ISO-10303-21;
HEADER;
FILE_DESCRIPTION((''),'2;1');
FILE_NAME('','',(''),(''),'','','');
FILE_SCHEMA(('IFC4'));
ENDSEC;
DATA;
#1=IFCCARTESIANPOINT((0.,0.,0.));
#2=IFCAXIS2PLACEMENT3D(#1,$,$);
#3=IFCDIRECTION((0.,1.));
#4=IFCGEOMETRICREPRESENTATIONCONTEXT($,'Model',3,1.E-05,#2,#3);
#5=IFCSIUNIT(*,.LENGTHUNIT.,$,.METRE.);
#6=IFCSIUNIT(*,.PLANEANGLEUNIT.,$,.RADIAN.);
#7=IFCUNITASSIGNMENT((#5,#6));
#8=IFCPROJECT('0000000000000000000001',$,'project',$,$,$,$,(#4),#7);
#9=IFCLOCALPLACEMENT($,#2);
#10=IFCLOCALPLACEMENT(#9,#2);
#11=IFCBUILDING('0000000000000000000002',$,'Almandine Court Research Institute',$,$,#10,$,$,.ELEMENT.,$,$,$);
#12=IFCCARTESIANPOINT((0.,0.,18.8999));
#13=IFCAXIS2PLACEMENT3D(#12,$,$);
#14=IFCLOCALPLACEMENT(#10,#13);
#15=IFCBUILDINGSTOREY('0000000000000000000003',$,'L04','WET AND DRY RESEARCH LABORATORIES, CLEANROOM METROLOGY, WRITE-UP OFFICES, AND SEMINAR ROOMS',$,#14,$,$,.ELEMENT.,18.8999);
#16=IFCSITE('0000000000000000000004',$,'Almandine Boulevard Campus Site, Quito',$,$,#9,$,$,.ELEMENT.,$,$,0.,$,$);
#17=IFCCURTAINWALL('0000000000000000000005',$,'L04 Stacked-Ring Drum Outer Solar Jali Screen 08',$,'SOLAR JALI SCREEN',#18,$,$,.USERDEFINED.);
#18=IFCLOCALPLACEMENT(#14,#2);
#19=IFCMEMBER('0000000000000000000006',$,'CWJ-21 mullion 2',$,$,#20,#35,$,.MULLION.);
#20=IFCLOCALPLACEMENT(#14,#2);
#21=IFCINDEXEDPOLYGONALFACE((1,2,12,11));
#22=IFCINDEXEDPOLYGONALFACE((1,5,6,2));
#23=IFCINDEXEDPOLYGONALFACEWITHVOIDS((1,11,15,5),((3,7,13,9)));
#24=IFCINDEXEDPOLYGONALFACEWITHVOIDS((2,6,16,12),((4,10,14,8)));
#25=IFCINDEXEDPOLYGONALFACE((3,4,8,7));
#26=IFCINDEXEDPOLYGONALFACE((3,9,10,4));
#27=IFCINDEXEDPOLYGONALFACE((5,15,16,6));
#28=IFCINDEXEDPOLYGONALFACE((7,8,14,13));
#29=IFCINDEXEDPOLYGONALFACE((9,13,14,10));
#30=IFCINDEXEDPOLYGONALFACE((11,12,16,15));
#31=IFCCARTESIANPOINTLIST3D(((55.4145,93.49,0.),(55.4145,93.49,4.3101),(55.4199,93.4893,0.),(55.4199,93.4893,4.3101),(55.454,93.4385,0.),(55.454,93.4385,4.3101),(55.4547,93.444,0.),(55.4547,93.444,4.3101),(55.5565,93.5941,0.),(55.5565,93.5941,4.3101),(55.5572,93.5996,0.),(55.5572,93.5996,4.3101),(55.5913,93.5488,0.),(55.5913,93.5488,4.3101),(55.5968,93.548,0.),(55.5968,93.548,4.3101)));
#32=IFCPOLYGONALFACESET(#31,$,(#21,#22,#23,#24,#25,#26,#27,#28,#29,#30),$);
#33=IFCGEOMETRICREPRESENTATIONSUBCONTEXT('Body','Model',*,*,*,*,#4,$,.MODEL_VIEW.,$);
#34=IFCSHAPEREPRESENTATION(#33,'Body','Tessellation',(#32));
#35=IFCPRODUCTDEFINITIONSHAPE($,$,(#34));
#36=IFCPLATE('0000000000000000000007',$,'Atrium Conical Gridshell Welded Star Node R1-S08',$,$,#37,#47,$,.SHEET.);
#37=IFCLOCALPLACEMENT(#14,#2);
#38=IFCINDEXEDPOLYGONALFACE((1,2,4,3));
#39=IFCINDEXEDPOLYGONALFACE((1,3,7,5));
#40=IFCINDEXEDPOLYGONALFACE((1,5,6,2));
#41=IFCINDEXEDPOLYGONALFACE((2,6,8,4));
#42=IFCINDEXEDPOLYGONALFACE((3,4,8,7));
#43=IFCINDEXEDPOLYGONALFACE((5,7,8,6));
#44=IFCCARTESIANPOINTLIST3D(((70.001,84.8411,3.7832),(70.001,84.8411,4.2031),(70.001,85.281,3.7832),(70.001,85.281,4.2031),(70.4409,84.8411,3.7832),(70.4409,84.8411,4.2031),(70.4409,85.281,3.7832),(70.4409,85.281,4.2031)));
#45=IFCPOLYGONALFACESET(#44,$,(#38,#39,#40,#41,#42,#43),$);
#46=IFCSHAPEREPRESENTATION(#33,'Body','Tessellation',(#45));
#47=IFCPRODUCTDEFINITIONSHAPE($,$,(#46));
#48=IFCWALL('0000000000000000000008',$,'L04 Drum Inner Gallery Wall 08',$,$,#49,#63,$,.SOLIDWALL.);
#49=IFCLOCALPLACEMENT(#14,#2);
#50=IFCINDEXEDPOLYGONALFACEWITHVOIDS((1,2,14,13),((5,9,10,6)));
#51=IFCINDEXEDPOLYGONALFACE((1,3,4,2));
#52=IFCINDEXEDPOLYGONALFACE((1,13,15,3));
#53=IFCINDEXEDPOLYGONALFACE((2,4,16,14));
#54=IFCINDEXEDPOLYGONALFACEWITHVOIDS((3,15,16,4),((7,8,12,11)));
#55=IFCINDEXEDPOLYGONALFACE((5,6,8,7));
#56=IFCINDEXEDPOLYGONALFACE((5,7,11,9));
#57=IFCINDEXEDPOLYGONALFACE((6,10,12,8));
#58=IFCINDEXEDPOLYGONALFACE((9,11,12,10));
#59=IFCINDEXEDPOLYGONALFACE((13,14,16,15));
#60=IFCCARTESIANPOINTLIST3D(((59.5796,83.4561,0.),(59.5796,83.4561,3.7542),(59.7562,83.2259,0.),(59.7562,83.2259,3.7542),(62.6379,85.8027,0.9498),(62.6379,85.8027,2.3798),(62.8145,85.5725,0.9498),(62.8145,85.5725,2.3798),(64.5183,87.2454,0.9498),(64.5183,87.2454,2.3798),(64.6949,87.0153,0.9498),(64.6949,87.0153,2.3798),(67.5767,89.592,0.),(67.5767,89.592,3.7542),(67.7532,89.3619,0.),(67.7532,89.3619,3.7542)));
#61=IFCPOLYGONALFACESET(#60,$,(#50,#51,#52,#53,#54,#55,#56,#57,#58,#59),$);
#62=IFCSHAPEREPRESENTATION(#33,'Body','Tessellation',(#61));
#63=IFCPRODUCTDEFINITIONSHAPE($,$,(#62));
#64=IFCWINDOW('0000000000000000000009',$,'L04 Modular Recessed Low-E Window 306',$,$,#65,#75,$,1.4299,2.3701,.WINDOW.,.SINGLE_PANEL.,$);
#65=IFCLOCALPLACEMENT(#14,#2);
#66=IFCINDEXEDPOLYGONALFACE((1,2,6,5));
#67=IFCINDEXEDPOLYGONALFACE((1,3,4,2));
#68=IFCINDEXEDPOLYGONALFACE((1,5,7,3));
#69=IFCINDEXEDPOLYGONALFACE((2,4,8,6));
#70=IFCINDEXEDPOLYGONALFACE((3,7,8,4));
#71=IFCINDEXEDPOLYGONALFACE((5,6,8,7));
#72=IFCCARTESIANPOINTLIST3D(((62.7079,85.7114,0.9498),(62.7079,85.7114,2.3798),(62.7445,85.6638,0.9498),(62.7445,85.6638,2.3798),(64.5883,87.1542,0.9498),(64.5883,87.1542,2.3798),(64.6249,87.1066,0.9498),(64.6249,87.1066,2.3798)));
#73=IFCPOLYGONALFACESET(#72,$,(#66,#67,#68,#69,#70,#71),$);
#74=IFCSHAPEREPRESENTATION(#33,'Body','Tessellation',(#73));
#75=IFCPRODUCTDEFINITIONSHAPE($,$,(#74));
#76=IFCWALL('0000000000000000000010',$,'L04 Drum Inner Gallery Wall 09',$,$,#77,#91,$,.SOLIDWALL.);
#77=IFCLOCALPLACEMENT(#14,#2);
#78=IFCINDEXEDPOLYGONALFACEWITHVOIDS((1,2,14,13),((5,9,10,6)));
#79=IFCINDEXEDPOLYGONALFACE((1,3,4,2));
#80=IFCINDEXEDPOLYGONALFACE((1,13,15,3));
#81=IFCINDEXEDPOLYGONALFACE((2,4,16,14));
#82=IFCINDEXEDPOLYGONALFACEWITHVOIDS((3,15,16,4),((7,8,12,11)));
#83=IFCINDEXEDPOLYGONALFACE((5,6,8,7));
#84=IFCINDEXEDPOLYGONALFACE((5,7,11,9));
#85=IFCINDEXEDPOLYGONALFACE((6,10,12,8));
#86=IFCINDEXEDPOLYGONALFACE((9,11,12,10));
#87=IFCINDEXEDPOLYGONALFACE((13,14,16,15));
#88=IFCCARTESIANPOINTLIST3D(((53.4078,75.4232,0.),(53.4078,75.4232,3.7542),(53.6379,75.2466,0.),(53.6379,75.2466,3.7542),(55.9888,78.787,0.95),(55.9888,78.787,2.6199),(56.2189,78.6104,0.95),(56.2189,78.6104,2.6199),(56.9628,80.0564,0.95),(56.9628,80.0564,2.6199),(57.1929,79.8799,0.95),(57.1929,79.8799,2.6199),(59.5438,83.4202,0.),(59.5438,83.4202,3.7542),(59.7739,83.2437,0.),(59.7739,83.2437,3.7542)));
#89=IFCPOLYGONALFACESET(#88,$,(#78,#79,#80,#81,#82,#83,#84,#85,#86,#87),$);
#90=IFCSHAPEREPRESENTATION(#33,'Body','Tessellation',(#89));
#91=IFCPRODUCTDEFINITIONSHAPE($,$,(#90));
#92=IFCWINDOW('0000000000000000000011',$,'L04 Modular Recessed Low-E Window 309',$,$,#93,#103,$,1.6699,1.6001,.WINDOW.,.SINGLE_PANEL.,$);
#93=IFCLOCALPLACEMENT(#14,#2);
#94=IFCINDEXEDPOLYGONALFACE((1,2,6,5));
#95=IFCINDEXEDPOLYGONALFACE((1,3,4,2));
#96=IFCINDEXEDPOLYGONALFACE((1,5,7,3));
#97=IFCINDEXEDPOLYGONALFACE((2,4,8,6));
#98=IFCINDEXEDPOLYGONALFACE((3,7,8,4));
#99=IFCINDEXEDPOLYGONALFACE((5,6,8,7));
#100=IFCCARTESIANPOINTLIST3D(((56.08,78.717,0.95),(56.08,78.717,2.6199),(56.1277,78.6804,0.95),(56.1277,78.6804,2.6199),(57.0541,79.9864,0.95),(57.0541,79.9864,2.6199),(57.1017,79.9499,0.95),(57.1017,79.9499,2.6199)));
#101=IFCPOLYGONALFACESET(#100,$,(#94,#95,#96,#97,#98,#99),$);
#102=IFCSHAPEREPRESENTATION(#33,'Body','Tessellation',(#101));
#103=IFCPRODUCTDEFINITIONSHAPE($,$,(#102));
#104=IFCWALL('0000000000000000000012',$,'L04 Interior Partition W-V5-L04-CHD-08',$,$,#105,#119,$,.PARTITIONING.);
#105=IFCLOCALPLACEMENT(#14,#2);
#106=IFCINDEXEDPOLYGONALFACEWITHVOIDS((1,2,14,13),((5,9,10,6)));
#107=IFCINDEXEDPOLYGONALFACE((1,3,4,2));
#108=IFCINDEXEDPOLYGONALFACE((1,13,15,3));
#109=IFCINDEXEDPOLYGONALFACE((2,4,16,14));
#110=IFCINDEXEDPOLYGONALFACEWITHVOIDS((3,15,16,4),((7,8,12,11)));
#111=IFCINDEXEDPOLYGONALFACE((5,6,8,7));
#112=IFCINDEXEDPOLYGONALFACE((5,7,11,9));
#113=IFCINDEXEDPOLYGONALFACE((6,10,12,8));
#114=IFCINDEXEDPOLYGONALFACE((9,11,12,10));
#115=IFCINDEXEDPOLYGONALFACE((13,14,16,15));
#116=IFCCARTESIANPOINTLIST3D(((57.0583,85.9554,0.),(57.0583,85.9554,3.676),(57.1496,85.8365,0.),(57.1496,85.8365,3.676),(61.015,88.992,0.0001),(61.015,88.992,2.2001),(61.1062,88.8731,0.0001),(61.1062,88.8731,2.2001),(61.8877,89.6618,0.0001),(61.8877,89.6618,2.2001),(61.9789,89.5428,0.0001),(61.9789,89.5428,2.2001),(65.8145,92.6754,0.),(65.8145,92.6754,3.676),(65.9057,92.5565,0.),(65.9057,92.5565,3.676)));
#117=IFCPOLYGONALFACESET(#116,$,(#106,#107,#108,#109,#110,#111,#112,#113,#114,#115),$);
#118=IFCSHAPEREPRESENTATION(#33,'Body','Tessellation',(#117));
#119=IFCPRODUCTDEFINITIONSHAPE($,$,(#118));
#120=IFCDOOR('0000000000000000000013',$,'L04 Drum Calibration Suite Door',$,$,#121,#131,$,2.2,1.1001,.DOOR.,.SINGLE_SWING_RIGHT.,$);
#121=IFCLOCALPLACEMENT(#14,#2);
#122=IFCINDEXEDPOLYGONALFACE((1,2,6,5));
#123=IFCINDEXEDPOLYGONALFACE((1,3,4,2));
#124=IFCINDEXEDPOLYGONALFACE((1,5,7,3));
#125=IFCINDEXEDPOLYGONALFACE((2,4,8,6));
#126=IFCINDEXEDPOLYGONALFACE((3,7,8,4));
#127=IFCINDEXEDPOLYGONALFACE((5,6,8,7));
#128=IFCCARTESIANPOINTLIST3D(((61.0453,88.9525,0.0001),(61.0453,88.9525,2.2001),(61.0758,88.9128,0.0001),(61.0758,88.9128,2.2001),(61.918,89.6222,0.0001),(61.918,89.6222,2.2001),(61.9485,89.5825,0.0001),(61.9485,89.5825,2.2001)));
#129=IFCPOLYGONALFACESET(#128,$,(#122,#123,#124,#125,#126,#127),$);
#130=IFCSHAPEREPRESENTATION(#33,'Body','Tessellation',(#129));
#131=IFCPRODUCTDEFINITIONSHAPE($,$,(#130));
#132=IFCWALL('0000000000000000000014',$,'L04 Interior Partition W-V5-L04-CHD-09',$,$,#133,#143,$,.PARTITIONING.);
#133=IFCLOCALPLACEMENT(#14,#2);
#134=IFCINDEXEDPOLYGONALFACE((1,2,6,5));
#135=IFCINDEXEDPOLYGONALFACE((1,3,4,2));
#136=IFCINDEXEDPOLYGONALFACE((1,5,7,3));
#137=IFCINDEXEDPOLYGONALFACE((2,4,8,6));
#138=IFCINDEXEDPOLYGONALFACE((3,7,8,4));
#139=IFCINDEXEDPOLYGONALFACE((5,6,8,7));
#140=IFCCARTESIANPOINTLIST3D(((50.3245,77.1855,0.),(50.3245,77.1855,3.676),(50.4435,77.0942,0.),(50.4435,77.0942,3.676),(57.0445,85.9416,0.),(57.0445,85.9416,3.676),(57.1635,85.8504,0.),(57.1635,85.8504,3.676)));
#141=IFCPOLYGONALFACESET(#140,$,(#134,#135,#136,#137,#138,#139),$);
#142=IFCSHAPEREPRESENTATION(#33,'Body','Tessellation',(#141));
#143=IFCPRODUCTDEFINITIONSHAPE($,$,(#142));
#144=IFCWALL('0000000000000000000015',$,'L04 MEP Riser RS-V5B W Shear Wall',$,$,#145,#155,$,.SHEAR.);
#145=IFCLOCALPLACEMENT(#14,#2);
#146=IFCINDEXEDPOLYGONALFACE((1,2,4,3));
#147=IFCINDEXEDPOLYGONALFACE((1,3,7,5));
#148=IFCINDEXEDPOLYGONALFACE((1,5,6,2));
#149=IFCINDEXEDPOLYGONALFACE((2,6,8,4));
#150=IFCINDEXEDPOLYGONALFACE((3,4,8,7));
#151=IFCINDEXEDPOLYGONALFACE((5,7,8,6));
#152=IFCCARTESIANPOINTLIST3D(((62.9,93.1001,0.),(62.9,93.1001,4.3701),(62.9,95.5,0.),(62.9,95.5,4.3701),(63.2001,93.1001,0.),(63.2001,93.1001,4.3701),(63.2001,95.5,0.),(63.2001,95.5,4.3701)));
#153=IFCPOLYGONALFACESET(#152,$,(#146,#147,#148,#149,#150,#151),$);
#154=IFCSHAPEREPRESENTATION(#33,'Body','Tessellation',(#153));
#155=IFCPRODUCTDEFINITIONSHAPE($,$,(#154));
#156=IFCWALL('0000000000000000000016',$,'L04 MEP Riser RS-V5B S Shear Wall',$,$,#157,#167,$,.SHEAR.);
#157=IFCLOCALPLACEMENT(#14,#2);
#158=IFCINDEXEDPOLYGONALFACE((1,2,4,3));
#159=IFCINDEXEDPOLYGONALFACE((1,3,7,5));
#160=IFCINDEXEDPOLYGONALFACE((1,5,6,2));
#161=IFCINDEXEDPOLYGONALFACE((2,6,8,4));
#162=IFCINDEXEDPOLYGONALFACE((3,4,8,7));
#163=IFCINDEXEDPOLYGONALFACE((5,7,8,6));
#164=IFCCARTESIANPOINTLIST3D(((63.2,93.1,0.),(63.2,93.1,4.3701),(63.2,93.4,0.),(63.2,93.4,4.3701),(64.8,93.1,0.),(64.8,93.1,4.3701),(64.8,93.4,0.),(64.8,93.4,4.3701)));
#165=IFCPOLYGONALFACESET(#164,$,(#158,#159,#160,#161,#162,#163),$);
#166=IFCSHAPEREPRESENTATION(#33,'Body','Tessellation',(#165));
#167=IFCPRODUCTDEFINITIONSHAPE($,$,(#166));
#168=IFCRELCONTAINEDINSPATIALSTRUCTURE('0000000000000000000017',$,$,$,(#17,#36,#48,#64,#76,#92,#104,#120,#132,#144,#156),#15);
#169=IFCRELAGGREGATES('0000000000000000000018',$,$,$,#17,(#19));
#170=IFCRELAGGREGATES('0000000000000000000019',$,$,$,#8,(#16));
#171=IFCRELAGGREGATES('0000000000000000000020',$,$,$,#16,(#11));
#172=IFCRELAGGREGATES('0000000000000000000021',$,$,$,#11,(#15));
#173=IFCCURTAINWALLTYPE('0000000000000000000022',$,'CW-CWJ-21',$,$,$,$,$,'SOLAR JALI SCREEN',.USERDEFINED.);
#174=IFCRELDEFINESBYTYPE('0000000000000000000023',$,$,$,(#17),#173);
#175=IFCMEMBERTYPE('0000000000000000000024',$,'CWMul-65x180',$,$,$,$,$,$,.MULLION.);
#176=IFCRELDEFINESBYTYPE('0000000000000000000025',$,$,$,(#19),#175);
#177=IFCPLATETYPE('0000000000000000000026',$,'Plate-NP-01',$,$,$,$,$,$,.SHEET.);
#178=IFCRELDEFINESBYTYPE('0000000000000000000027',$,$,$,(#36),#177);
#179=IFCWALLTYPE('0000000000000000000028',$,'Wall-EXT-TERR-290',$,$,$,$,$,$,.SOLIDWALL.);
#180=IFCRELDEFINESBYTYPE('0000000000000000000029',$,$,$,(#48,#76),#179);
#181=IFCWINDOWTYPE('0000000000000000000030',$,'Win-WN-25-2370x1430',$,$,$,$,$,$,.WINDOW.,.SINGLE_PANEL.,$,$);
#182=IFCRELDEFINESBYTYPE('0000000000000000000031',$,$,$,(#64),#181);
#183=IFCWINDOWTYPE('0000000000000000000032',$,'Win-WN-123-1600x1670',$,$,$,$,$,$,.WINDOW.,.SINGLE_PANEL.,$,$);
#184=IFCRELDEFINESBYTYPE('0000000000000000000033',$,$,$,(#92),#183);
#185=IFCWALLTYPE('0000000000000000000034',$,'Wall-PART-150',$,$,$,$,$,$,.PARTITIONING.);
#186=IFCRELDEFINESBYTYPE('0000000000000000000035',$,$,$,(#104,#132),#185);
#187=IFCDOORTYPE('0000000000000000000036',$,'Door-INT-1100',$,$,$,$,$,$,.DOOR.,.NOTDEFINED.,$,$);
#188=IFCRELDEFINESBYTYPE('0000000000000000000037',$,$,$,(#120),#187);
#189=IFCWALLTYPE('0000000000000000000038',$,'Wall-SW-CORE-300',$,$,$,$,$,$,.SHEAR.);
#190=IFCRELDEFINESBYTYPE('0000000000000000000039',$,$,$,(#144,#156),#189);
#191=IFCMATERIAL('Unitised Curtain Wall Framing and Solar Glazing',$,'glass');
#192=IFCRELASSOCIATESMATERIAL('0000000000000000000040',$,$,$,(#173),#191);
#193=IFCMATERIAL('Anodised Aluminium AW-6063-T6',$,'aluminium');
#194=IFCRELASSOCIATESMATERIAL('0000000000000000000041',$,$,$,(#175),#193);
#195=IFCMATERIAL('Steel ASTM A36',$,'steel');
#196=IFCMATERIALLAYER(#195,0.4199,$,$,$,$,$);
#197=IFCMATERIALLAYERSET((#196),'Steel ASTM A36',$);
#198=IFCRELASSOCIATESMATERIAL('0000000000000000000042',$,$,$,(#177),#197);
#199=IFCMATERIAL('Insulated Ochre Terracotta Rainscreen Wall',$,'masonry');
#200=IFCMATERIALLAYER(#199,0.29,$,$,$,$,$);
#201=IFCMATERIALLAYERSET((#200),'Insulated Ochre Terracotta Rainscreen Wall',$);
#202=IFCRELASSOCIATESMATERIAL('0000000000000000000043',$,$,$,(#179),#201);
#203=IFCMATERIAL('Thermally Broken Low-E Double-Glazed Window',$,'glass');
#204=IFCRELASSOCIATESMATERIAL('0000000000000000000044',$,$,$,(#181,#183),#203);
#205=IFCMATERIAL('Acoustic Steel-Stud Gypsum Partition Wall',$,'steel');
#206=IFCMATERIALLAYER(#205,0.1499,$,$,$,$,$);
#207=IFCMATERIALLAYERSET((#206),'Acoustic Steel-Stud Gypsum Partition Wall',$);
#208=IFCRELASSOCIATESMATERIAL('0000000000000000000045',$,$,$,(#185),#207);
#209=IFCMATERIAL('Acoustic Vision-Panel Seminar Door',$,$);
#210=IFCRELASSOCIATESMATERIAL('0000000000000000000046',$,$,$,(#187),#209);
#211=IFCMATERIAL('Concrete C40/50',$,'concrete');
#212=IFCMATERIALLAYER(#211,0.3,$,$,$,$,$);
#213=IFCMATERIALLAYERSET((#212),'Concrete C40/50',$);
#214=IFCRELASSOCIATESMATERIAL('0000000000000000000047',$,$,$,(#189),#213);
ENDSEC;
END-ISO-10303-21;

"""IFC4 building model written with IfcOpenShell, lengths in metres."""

from ifc_helpers import new_model, si_unit, direction, frame, frame_2d, origin, origin_2d, place, context, subcontext, project, spatial, rectangle, hollow_rectangle, extrude, material, layer, layer_set, material_profile, profile_set, type_object, element, fill, aggregate, save


model = new_model("IFC4")

# Units and contexts
model_context = context("Model", 3, precision=1e-05, world=origin(), true_north=direction((0.0, 1.0)))
body_context = subcontext(model_context, "Body", "Model", "MODEL_VIEW")
ifc_project = project(units=[si_unit("LENGTHUNIT", "METRE"), si_unit("PLANEANGLEUNIT", "RADIAN")], contexts=[model_context])

# Site, building, storey
site_placement = place(None, origin())
site = spatial("IfcSite", under=ifc_project, at=site_placement, Name="Almandine Boulevard Campus Site, Quito", CompositionType="ELEMENT", RefElevation=0.0)
building_placement = place(site_placement, origin())
building = spatial("IfcBuilding", under=site, at=building_placement, Name="Almandine Court Research Institute", CompositionType="ELEMENT")
storey_placement = place(building_placement, frame((0.0, 0.0, 18.8999)))
storey = spatial("IfcBuildingStorey", under=building, at=storey_placement, Name="L04", Description="WET AND DRY RESEARCH LABORATORIES, CLEANROOM METROLOGY, WRITE-UP OFFICES, AND SEMINAR ROOMS", CompositionType="ELEMENT", Elevation=18.8999)

# Curtain wall, member
ifc_material_1 = material(Name="Unitised Curtain Wall Framing and Solar Glazing", Category="glass")
curtain_wall_type = type_object("IfcCurtainWallType", Name="CW-CWJ-21", ElementType="SOLAR JALI SCREEN", PredefinedType="USERDEFINED", material=ifc_material_1)
curtain_wall_placement = place(storey_placement, origin())
curtain_wall = element("IfcCurtainWall", 1, at=curtain_wall_placement, inside=storey, type_object=curtain_wall_type, Name="L04 Stacked-Ring Drum Outer Solar Jali Screen 08", ObjectType="SOLAR JALI SCREEN", PredefinedType="USERDEFINED")
ifc_material_2 = material(Name="Anodised Aluminium AW-6063-T6", Category="aluminium")
ifc_material_profile_1 = material_profile(ifc_material_2, hollow_rectangle(XDim=0.0649, YDim=0.1799, WallThickness=0.0039, at=origin_2d()), Name="ALU RHS 65x180x4")
ifc_profile_set_1 = profile_set([ifc_material_profile_1], Name="Anodised Aluminium AW-6063-T6")
member_type = type_object("IfcMemberType", Name="CWMul-65x180", PredefinedType="MULLION", material=ifc_profile_set_1)
member_placement = place(storey_placement, frame((55.5056, 93.519, 0.0), z_axis=(0.0, 0.0, 1.0), x_axis=(-0.608723, 0.793383, 0.0)))
member = element("IfcMember", 2, at=member_placement, type_object=member_type, Name="CWJ-21 mullion 2", PredefinedType="MULLION", context=body_context, shape_type="SweptSolid", body=[
    extrude(hollow_rectangle(XDim=0.0649, YDim=0.1799, WallThickness=0.0039, at=origin_2d()), origin(), (0.0, 0.0, 1.0), 4.3101),
])
aggregate(curtain_wall, [member])

# Plate
ifc_material_3 = material(Name="Steel ASTM A36", Category="steel")
ifc_layer_1 = layer(ifc_material_3, 0.4199)
ifc_layer_set_1 = layer_set([ifc_layer_1], Name="Steel ASTM A36")
plate_type = type_object("IfcPlateType", Name="Plate-NP-01", PredefinedType="SHEET", material=ifc_layer_set_1)
plate_placement = place(storey_placement, frame((70.2209, 85.061, 3.7832), z_axis=(0.0, 0.0, 1.0), x_axis=(1.0, 0.0, 0.0)))
element("IfcPlate", 3, at=plate_placement, inside=storey, type_object=plate_type, Name="Atrium Conical Gridshell Welded Star Node R1-S08", PredefinedType="SHEET", context=body_context, shape_type="SweptSolid", body=[
    extrude(rectangle(XDim=0.4399, YDim=0.4399, at=origin_2d()), origin(), (0.0, 0.0, 1.0), 0.4199),
])

# Walls, openings, windows
ifc_material_4 = material(Name="Insulated Ochre Terracotta Rainscreen Wall", Category="masonry")
ifc_layer_2 = layer(ifc_material_4, 0.29)
ifc_layer_set_2 = layer_set([ifc_layer_2], Name="Insulated Ochre Terracotta Rainscreen Wall")
wall_type_1 = type_object("IfcWallType", Name="Wall-EXT-TERR-290", PredefinedType="SOLIDWALL", material=ifc_layer_set_2)
wall_1_placement = place(storey_placement, frame((67.665, 89.4771, 0.0), z_axis=(0.0, 0.0, 1.0), x_axis=(-0.793372, -0.608738, 0.0)))
wall_1 = element("IfcWall", 4, at=wall_1_placement, inside=storey, type_object=wall_type_1, Name="L04 Drum Inner Gallery Wall 08", PredefinedType="SOLIDWALL", context=body_context, shape_type="SweptSolid", body=[
    extrude(rectangle(XDim=10.0798, YDim=0.29, at=frame_2d((5.04, 0.0))), origin(), (0.0, 0.0, 1.0), 3.7542),
])
opening_1_placement = place(wall_1_placement, frame((3.855, 0.0, 0.95)))
opening_1 = element("IfcOpeningElement", 5, at=opening_1_placement, cuts=wall_1, PredefinedType="OPENING", context=body_context, shape_type="SweptSolid", body=[
    extrude(rectangle(XDim=2.3701, YDim=1.4299, at=frame_2d((1.1851, 0.7148))), frame((0.0, 0.155, 0.0), z_axis=(0.0, -1.0, 0.0), x_axis=(1.0, 0.0, 0.0)), (0.0, 0.0, 1.0), 0.3101),
])
ifc_material_5 = material(Name="Thermally Broken Low-E Double-Glazed Window", Category="glass")
window_type_1 = type_object("IfcWindowType", Name="Win-WN-25-2370x1430", PartitioningType="SINGLE_PANEL", PredefinedType="WINDOW", material=ifc_material_5)
window_1_placement = place(opening_1_placement, origin())
window_1 = element("IfcWindow", 6, at=window_1_placement, inside=storey, type_object=window_type_1, Name="L04 Modular Recessed Low-E Window 306", OverallHeight=1.4299, OverallWidth=2.3701, PartitioningType="SINGLE_PANEL", PredefinedType="WINDOW", context=body_context, shape_type="SweptSolid", body=[
    extrude(rectangle(XDim=2.3701, YDim=1.4299, at=frame_2d((1.1851, 0.7148))), frame((0.0, 0.03, 0.0), z_axis=(0.0, -1.0, 0.0), x_axis=(1.0, 0.0, 0.0)), (0.0, 0.0, 1.0), 0.0601),
])
fill(opening_1, window_1)
wall_2_placement = place(storey_placement, frame((59.6589, 83.332, 0.0), z_axis=(0.0, 0.0, 1.0), x_axis=(-0.608738, -0.793372, 0.0)))
wall_2 = element("IfcWall", 7, at=wall_2_placement, inside=storey, type_object=wall_type_1, Name="L04 Drum Inner Gallery Wall 09", PredefinedType="SOLIDWALL", context=body_context, shape_type="SweptSolid", body=[
    extrude(rectangle(XDim=10.0798, YDim=0.29, at=frame_2d((5.04, 0.0))), origin(), (0.0, 0.0, 1.0), 3.7542),
])
opening_2_placement = place(wall_2_placement, frame((4.24, 0.0, 0.95)))
opening_2 = element("IfcOpeningElement", 8, at=opening_2_placement, cuts=wall_2, PredefinedType="OPENING", context=body_context, shape_type="SweptSolid", body=[
    extrude(rectangle(XDim=1.6001, YDim=1.6699, at=frame_2d((0.8, 0.835))), frame((0.0, 0.155, 0.0), z_axis=(0.0, -1.0, 0.0), x_axis=(1.0, 0.0, 0.0)), (0.0, 0.0, 1.0), 0.3101),
])
window_type_2 = type_object("IfcWindowType", Name="Win-WN-123-1600x1670", PartitioningType="SINGLE_PANEL", PredefinedType="WINDOW", material=ifc_material_5)
window_2_placement = place(opening_2_placement, origin())
window_2 = element("IfcWindow", 9, at=window_2_placement, inside=storey, type_object=window_type_2, Name="L04 Modular Recessed Low-E Window 309", OverallHeight=1.6699, OverallWidth=1.6001, PartitioningType="SINGLE_PANEL", PredefinedType="WINDOW", context=body_context, shape_type="SweptSolid", body=[
    extrude(rectangle(XDim=1.6001, YDim=1.6699, at=frame_2d((0.8, 0.835))), frame((0.0, 0.03, 0.0), z_axis=(0.0, -1.0, 0.0), x_axis=(1.0, 0.0, 0.0)), (0.0, 0.0, 1.0), 0.0601),
])
fill(opening_2, window_2)

# Wall, opening, door
ifc_material_6 = material(Name="Acoustic Steel-Stud Gypsum Partition Wall", Category="steel")
ifc_layer_3 = layer(ifc_material_6, 0.1499)
ifc_layer_set_3 = layer_set([ifc_layer_3], Name="Acoustic Steel-Stud Gypsum Partition Wall")
wall_type_2 = type_object("IfcWallType", Name="Wall-PART-150", PredefinedType="PARTITIONING", material=ifc_layer_set_3)
wall_3_placement = place(storey_placement, frame((65.8601, 92.616, 0.0), z_axis=(0.0, 0.0, 1.0), x_axis=(-0.793302, -0.608828, 0.0)))
wall_3 = element("IfcWall", 10, at=wall_3_placement, inside=storey, type_object=wall_type_2, Name="L04 Interior Partition W-V5-L04-CHD-08", PredefinedType="PARTITIONING", context=body_context, shape_type="SweptSolid", body=[
    extrude(rectangle(XDim=11.0376, YDim=0.1499, at=frame_2d((5.5188, 0.0))), origin(), (0.0, 0.0, 1.0), 3.676),
])
opening_3_placement = place(wall_3_placement, frame((4.95, 0.0, 0.0)))
opening_3 = element("IfcOpeningElement", 11, at=opening_3_placement, cuts=wall_3, PredefinedType="OPENING", context=body_context, shape_type="SweptSolid", body=[
    extrude(rectangle(XDim=1.1001, YDim=2.2, at=frame_2d((0.55, 1.1001))), frame((0.0, 0.085, 0.0), z_axis=(0.0, -1.0, 0.0), x_axis=(1.0, 0.0, 0.0)), (0.0, 0.0, 1.0), 0.1699),
])
ifc_material_7 = material(Name="Acoustic Vision-Panel Seminar Door")
door_type = type_object("IfcDoorType", Name="Door-INT-1100", OperationType="NOTDEFINED", PredefinedType="DOOR", material=ifc_material_7)
door_placement = place(opening_3_placement, origin())
door = element("IfcDoor", 12, at=door_placement, inside=storey, type_object=door_type, Name="L04 Drum Calibration Suite Door", OperationType="SINGLE_SWING_RIGHT", OverallHeight=2.2, OverallWidth=1.1001, PredefinedType="DOOR", context=body_context, shape_type="SweptSolid", body=[
    extrude(rectangle(XDim=1.1001, YDim=2.2, at=frame_2d((0.55, 1.1001))), frame((0.0, 0.0249, 0.0), z_axis=(0.0, -1.0, 0.0), x_axis=(1.0, 0.0, 0.0)), (0.0, 0.0, 1.0), 0.05),
])
fill(opening_3, door)

# Walls
wall_4_placement = place(storey_placement, frame((57.104, 85.896, 0.0), z_axis=(0.0, 0.0, 1.0), x_axis=(-0.608828, -0.793302, 0.0)))
element("IfcWall", 13, at=wall_4_placement, inside=storey, type_object=wall_type_2, Name="L04 Interior Partition W-V5-L04-CHD-09", PredefinedType="PARTITIONING", context=body_context, shape_type="SweptSolid", body=[
    extrude(rectangle(XDim=11.0376, YDim=0.1499, at=frame_2d((5.5188, 0.0))), origin(), (0.0, 0.0, 1.0), 3.676),
])
ifc_material_8 = material(Name="Concrete C40/50", Category="concrete")
ifc_layer_4 = layer(ifc_material_8, 0.3)
ifc_layer_set_4 = layer_set([ifc_layer_4], Name="Concrete C40/50")
wall_type_3 = type_object("IfcWallType", Name="Wall-SW-CORE-300", PredefinedType="SHEAR", material=ifc_layer_set_4)
wall_5_placement = place(storey_placement, frame((63.05, 93.1001, 0.0), z_axis=(0.0, 0.0, 1.0), x_axis=(0.0, 1.0, 0.0)))
element("IfcWall", 14, at=wall_5_placement, inside=storey, type_object=wall_type_3, Name="L04 MEP Riser RS-V5B W Shear Wall", PredefinedType="SHEAR", context=body_context, shape_type="SweptSolid", body=[
    extrude(rectangle(XDim=2.3999, YDim=0.3, at=frame_2d((1.2, 0.0))), origin(), (0.0, 0.0, 1.0), 4.3701),
])
wall_6_placement = place(storey_placement, frame((64.8, 93.25, 0.0), z_axis=(0.0, 0.0, 1.0), x_axis=(-1.0, 0.0, 0.0)))
element("IfcWall", 15, at=wall_6_placement, inside=storey, type_object=wall_type_3, Name="L04 MEP Riser RS-V5B S Shear Wall", PredefinedType="SHEAR", context=body_context, shape_type="SweptSolid", body=[
    extrude(rectangle(XDim=1.6001, YDim=0.3, at=frame_2d((0.8, 0.0))), origin(), (0.0, 0.0, 1.0), 4.3701),
])

save(model, "model.ifc")
